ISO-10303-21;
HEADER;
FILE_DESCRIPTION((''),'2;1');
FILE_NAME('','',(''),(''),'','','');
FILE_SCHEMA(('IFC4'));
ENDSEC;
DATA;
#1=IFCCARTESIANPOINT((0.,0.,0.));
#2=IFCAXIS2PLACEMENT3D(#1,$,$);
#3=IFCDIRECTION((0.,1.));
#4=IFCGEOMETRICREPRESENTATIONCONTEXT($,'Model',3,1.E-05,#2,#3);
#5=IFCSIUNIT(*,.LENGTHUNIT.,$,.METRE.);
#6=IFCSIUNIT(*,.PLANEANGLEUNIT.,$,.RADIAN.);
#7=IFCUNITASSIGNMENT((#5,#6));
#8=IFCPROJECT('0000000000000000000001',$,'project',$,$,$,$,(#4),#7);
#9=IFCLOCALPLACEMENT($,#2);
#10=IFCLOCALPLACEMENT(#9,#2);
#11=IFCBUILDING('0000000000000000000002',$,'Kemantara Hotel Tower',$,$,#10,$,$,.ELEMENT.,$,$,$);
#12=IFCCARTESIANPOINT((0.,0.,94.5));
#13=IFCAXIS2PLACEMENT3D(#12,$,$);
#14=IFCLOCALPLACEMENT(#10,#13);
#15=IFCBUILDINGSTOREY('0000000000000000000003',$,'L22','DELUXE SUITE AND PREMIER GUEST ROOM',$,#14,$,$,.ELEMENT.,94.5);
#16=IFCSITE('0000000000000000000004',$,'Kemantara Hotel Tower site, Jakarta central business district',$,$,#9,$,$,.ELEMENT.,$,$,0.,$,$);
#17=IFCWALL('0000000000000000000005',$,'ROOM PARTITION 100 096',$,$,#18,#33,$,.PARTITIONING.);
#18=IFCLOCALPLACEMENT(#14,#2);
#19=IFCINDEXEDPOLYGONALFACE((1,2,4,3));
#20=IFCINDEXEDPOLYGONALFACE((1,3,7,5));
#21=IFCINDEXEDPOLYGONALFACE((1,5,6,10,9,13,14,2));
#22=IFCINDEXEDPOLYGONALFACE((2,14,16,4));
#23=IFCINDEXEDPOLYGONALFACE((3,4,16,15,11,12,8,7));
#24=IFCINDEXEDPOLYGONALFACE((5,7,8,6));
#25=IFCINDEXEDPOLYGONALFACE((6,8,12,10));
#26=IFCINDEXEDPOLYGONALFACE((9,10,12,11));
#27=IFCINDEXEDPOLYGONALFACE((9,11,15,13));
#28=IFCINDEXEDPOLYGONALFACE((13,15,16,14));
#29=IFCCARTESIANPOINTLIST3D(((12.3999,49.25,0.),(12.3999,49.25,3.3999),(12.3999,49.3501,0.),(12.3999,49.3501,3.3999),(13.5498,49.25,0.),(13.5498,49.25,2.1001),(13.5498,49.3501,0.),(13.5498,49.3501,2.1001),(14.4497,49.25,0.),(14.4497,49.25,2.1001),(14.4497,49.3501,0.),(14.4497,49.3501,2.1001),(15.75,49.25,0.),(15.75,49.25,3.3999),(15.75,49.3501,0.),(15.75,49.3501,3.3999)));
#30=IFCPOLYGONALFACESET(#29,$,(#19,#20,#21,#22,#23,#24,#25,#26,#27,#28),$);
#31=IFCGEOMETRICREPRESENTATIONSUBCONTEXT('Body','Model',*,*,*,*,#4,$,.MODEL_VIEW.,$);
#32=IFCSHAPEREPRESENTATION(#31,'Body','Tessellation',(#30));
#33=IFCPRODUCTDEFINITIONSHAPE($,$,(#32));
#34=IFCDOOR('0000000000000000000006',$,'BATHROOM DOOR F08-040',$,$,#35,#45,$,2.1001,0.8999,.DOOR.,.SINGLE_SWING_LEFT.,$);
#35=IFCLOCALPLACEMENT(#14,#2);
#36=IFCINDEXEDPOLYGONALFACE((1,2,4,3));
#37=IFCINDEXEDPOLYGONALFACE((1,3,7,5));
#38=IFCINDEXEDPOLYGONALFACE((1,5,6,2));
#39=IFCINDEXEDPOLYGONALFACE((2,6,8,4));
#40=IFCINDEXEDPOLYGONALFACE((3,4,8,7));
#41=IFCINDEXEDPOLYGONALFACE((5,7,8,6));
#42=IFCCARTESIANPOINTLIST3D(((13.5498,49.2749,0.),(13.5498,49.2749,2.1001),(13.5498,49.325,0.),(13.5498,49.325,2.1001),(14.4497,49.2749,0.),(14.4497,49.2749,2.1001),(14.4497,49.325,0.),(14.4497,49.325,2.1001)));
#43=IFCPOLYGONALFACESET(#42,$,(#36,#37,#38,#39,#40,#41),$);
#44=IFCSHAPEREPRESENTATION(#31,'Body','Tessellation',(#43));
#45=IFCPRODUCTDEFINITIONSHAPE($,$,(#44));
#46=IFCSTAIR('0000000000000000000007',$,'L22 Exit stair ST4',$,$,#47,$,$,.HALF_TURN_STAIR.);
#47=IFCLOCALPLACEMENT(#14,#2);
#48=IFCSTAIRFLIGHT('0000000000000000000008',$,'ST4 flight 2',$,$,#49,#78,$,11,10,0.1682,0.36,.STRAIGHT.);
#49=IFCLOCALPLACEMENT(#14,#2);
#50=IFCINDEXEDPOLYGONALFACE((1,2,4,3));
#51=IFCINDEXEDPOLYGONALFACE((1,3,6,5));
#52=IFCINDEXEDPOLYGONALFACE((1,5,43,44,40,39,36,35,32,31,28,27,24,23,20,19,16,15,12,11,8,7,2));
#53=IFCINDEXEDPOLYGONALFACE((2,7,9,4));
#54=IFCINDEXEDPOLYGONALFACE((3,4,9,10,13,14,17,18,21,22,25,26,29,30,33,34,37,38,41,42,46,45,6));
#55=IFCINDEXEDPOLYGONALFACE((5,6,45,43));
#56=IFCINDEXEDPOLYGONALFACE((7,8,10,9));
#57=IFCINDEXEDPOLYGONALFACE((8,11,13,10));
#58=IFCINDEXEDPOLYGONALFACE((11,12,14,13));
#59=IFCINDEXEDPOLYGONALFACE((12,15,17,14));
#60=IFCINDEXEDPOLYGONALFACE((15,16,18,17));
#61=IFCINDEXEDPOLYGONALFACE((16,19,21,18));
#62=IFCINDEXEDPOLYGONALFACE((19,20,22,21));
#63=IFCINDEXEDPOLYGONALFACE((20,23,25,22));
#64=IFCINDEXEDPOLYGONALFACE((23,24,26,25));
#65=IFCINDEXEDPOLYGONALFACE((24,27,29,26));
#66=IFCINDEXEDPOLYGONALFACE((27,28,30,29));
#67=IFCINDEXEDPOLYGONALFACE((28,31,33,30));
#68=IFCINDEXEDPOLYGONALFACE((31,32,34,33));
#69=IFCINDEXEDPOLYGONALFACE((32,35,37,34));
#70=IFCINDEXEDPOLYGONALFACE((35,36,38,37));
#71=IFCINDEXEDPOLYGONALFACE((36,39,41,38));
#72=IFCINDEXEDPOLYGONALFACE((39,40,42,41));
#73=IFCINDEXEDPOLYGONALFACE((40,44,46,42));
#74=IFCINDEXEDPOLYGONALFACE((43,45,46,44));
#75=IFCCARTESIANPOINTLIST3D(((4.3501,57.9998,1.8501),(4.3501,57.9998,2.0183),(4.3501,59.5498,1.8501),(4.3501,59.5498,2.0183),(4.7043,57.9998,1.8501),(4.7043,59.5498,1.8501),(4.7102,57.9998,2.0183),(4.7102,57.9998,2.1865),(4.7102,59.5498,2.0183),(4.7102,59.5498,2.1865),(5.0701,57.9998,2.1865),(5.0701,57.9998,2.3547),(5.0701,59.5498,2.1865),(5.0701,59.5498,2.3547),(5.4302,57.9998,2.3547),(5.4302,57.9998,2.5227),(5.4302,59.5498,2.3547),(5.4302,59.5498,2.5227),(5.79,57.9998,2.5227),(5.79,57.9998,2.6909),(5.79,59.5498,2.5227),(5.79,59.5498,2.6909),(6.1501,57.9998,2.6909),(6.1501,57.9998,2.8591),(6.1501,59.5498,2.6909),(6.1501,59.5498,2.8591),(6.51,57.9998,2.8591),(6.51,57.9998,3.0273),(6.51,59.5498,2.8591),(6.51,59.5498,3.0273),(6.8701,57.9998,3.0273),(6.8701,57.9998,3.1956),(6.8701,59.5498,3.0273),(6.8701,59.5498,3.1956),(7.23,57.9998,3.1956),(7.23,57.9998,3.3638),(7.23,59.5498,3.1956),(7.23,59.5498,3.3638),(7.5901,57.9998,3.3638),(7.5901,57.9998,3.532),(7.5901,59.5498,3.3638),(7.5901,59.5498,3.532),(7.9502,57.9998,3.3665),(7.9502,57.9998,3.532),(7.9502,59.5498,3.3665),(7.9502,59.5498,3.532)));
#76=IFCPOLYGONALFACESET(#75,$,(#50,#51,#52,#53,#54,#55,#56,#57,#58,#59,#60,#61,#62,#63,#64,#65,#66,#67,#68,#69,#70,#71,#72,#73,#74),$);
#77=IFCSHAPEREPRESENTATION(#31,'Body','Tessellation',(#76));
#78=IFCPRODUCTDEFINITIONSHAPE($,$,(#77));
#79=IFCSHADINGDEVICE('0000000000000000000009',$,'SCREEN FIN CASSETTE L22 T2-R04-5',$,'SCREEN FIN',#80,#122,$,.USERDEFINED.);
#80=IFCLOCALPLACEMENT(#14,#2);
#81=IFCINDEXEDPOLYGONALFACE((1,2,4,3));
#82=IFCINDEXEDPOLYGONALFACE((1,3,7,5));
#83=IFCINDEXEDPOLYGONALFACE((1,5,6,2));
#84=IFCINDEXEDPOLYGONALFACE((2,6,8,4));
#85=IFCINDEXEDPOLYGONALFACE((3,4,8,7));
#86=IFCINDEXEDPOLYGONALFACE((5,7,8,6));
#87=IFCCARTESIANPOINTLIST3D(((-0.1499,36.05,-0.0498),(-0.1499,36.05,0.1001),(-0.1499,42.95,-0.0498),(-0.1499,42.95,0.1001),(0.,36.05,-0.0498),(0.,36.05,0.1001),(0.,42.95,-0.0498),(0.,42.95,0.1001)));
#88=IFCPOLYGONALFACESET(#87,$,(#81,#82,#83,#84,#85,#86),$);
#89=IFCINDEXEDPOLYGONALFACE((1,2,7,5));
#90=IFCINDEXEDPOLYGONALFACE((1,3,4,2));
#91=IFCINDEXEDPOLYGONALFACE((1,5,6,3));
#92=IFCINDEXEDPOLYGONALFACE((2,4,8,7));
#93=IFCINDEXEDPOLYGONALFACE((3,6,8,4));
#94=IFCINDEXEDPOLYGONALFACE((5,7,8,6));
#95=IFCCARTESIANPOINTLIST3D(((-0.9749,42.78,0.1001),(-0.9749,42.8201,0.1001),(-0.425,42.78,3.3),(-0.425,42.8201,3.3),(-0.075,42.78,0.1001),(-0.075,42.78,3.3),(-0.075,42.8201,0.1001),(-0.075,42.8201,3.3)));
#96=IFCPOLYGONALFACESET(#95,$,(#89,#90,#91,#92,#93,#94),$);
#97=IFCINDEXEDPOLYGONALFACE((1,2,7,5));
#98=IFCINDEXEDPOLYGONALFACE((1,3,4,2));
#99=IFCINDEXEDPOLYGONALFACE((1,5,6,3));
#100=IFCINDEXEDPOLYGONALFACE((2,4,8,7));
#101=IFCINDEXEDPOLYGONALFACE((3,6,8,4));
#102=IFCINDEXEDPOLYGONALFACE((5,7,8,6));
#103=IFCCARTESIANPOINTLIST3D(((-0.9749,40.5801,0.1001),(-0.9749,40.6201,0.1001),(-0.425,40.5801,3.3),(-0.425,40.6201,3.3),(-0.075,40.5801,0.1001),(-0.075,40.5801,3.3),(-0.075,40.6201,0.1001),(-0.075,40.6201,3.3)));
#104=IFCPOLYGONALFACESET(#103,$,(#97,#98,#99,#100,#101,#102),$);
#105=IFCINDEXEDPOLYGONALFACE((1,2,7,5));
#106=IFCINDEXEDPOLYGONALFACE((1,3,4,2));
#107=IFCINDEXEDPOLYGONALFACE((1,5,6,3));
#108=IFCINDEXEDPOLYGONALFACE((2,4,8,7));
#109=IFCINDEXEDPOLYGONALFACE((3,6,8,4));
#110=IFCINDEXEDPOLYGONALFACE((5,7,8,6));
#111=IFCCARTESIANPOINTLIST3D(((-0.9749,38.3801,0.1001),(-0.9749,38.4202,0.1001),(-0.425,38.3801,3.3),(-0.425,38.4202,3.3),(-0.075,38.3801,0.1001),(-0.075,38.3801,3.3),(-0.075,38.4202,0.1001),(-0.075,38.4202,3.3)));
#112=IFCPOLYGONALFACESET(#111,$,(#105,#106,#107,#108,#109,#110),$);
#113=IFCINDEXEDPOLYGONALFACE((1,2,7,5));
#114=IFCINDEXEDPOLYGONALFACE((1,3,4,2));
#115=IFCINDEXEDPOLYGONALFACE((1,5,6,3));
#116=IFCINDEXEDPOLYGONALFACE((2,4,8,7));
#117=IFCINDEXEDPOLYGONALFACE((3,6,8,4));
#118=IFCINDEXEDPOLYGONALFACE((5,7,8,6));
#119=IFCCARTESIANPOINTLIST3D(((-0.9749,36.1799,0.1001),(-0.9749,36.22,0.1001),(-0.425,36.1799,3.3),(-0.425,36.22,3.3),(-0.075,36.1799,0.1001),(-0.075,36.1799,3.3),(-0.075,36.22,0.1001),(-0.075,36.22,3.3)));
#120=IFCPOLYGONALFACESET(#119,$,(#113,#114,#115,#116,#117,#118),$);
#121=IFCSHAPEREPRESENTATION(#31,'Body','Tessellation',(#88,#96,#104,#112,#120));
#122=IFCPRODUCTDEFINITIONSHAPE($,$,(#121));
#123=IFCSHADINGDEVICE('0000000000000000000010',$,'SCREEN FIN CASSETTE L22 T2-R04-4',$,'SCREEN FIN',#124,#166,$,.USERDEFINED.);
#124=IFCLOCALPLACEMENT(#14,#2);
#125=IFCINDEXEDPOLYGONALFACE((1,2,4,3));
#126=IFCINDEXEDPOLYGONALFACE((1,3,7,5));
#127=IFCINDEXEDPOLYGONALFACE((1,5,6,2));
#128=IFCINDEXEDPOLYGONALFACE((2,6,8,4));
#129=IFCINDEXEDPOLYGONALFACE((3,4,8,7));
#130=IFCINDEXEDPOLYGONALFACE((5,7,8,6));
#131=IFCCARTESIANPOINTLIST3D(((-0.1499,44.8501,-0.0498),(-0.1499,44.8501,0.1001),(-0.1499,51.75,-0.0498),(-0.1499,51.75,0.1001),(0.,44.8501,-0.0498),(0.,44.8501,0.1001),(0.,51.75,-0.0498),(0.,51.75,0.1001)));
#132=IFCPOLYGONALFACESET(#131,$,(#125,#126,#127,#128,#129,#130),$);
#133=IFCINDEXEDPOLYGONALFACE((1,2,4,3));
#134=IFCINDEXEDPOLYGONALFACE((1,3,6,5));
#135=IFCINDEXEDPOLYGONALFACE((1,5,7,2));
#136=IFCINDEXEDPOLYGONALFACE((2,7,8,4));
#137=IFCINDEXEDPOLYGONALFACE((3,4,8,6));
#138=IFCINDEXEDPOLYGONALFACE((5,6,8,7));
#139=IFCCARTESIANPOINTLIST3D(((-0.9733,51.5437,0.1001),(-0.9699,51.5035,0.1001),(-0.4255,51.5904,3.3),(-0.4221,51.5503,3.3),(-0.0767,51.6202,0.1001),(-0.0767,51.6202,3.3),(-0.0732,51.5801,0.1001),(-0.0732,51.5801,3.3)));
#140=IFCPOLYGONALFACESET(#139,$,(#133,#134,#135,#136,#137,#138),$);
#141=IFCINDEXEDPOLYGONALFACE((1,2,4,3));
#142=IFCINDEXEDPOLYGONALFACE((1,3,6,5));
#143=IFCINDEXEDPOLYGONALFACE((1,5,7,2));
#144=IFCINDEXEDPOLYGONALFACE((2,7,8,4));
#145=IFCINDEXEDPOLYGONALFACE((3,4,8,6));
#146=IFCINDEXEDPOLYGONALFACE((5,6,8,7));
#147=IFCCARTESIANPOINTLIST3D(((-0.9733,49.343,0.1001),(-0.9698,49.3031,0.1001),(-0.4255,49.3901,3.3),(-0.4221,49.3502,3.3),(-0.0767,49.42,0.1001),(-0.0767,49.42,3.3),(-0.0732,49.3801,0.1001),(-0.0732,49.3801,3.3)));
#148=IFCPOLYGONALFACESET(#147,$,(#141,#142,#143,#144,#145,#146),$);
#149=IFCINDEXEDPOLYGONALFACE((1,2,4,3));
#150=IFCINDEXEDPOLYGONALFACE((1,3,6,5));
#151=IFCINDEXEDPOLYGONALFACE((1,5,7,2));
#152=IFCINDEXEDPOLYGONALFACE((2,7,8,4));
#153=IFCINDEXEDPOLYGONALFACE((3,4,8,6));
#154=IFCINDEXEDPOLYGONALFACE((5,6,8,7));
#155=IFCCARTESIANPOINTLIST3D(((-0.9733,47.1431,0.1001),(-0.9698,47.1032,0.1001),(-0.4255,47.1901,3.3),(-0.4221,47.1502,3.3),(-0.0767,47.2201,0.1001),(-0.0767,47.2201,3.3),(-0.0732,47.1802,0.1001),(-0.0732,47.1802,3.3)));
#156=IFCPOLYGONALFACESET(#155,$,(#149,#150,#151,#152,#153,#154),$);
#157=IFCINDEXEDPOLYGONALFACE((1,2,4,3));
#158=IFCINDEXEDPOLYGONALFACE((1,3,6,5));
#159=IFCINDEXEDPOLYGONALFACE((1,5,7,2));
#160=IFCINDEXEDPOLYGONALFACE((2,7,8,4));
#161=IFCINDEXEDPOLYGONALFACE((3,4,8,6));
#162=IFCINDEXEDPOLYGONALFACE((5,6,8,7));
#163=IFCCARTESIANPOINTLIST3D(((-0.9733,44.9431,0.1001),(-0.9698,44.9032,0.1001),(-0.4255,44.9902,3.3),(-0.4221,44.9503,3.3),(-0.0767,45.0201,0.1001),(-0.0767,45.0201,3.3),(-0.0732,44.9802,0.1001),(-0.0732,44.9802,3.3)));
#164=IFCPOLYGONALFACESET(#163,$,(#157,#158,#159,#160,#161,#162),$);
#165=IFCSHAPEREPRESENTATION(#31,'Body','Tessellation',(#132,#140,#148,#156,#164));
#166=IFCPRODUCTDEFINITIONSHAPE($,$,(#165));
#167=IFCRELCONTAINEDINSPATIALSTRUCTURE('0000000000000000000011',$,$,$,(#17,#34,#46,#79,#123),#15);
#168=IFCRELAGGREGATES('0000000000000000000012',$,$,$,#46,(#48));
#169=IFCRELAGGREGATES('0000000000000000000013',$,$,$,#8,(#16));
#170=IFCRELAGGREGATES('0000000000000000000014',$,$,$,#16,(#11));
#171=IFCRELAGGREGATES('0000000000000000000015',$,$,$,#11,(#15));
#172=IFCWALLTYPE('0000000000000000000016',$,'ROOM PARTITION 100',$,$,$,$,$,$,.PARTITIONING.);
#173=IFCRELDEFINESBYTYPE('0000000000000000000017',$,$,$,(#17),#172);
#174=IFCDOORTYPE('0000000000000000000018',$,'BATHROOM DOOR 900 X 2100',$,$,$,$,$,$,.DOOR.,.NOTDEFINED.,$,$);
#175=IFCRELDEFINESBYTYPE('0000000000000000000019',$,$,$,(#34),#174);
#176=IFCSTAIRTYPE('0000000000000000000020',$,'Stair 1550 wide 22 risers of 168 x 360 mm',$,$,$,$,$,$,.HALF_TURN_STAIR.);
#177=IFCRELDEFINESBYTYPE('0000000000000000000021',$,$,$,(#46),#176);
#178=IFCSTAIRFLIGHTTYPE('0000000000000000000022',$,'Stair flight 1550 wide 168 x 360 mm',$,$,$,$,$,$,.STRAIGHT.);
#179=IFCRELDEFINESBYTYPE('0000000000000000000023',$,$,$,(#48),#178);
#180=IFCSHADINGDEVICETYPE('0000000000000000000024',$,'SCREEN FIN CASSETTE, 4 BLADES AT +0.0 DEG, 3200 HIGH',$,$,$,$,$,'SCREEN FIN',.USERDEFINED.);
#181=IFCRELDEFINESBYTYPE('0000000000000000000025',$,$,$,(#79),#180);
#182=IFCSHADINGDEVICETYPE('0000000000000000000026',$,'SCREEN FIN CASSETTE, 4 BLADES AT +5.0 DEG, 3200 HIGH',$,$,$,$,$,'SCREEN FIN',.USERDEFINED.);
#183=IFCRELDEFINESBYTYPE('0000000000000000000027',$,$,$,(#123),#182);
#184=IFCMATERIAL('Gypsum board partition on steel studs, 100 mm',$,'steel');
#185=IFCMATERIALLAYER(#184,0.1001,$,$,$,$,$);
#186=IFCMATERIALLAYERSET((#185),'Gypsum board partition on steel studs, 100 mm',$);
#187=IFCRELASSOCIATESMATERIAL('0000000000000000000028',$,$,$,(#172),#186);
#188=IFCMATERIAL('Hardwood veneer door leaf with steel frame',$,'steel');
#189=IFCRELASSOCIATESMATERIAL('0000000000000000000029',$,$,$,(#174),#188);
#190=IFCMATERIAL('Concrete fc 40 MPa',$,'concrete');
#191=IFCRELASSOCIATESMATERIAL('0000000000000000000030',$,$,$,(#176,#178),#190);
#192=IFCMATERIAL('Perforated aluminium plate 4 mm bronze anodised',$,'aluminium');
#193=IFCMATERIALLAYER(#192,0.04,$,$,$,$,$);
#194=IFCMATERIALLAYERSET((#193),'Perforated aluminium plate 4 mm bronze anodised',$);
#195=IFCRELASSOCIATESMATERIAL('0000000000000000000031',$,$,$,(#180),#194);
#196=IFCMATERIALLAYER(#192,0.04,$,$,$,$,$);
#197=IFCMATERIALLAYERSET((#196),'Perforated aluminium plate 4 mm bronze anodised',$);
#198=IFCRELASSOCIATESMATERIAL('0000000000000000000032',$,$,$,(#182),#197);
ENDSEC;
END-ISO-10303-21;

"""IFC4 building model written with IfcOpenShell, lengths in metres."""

from ifc_helpers import new_model, si_unit, direction, frame, frame_2d, origin, origin_2d, place, context, subcontext, project, spatial, polyline, rectangle, outline, extrude, source, transform, mapped, material, layer, layer_set, type_object, element, fill, aggregate, save


model = new_model("IFC4")

# Units and contexts
model_context = context("Model", 3, precision=1e-05, world=origin(), true_north=direction((0.0, 1.0)))
body_context = subcontext(model_context, "Body", "Model", "MODEL_VIEW")
ifc_project = project(units=[si_unit("LENGTHUNIT", "METRE"), si_unit("PLANEANGLEUNIT", "RADIAN")], contexts=[model_context])

# Site, building, storey
site_placement = place(None, origin())
site = spatial("IfcSite", under=ifc_project, at=site_placement, Name="Kemantara Hotel Tower site, Jakarta central business district", CompositionType="ELEMENT", RefElevation=0.0)
building_placement = place(site_placement, origin())
building = spatial("IfcBuilding", under=site, at=building_placement, Name="Kemantara Hotel Tower", CompositionType="ELEMENT")
storey_placement = place(building_placement, frame((0.0, 0.0, 94.5)))
storey = spatial("IfcBuildingStorey", under=building, at=storey_placement, Name="L22", Description="DELUXE SUITE AND PREMIER GUEST ROOM", CompositionType="ELEMENT", Elevation=94.5)

# Shared definitions
ifc_material_1 = material(Name="Hardwood veneer door leaf with steel frame", Category="steel")
ifc_material_2 = material(Name="Concrete fc 40 MPa", Category="concrete")

# Shared definitions
ifc_material_3 = material(Name="Gypsum board partition on steel studs, 100 mm", Category="steel")
ifc_layer_1 = layer(ifc_material_3, 0.1001)
ifc_layer_set_1 = layer_set([ifc_layer_1], Name="Gypsum board partition on steel studs, 100 mm")
wall_type_1 = type_object("IfcWallType", Name="ROOM PARTITION 100", PredefinedType="PARTITIONING", material=ifc_layer_set_1)

# Wall, opening, door
door_type_1 = type_object("IfcDoorType", Name="BATHROOM DOOR 900 X 2100", OperationType="NOTDEFINED", PredefinedType="DOOR", material=ifc_material_1)
wall_1_placement = place(storey_placement, frame((12.3999, 49.3, 0.0), z_axis=(0.0, 0.0, 1.0), x_axis=(1.0, 0.0, 0.0)))
wall_1 = element("IfcWall", 1, at=wall_1_placement, inside=storey, type_object=wall_type_1, Name="ROOM PARTITION 100 096", PredefinedType="PARTITIONING", context=body_context, shape_type="SweptSolid", body=[
    extrude(rectangle(XDim=3.3501, YDim=0.1001, at=frame_2d((1.675, 0.0))), origin(), (0.0, 0.0, 1.0), 3.3999),
])
opening_1_placement = place(wall_1_placement, frame((1.1499, 0.0, 0.0)))
opening_1 = element("IfcOpeningElement", 2, at=opening_1_placement, cuts=wall_1, PredefinedType="OPENING", context=body_context, shape_type="SweptSolid", body=[
    extrude(rectangle(XDim=0.8999, YDim=2.1001, at=frame_2d((0.45, 1.05))), frame((0.0, 0.0601, 0.0), z_axis=(0.0, -1.0, 0.0), x_axis=(1.0, 0.0, 0.0)), (0.0, 0.0, 1.0), 0.1201),
])
door_1_placement = place(opening_1_placement, origin())
door_1 = element("IfcDoor", 3, at=door_1_placement, inside=storey, type_object=door_type_1, Name="BATHROOM DOOR F08-040", OperationType="SINGLE_SWING_LEFT", OverallHeight=2.1001, OverallWidth=0.8999, PredefinedType="DOOR", context=body_context, shape_type="SweptSolid", body=[
    extrude(rectangle(XDim=0.8999, YDim=2.1001, at=frame_2d((0.45, 1.05))), frame((0.0, 0.0249, 0.0), z_axis=(0.0, -1.0, 0.0), x_axis=(1.0, 0.0, 0.0)), (0.0, 0.0, 1.0), 0.05),
])
fill(opening_1, door_1)

# Stair, stair flight
stair_type = type_object("IfcStairType", Name="Stair 1550 wide 22 risers of 168 x 360 mm", PredefinedType="HALF_TURN_STAIR", material=ifc_material_2)
stair_placement = place(storey_placement, origin())
stair = element("IfcStair", 4, at=stair_placement, inside=storey, type_object=stair_type, Name="L22 Exit stair ST4", PredefinedType="HALF_TURN_STAIR")
stair_flight_type = type_object("IfcStairFlightType", Name="Stair flight 1550 wide 168 x 360 mm", PredefinedType="STRAIGHT", material=ifc_material_2)
stair_flight_placement = place(storey_placement, frame((4.3501, 58.7749, 1.8501), z_axis=(0.0, 0.0, 1.0), x_axis=(1.0, 0.0, 0.0)))
stair_flight = element("IfcStairFlight", 5, at=stair_flight_placement, type_object=stair_flight_type, Name="ST4 flight 2", NumberOfRisers=11, NumberOfTreads=10, PredefinedType="STRAIGHT", RiserHeight=0.1682, TreadLength=0.36, context=body_context, shape_type="SweptSolid", body=[
    extrude(outline(polyline([(0.0, 0.0), (0.0, 0.1682), (0.3601, 0.1682), (0.3601, 0.3364), (0.72, 0.3364), (0.72, 0.5046), (1.0801, 0.5046), (1.0801, 0.6726), (1.4399, 0.6726), (1.4399, 0.8408), (1.8, 0.8408), (1.8, 1.009), (2.1599, 1.009), (2.1599, 1.1772), (2.52, 1.1772), (2.52, 1.3455), (2.8799, 1.3455), (2.8799, 1.5137), (3.24, 1.5137), (3.24, 1.6819), (3.6001, 1.6819), (3.6001, 1.8501), (3.6001, 1.5164), (0.3542, 0.0), (0.0, 0.0)])), frame((0.0, 0.7749, 0.0), z_axis=(0.0, -1.0, 0.0), x_axis=(1.0, 0.0, 0.0)), (0.0, 0.0, 1.0), 1.55),
])
aggregate(stair, [stair_flight])

# Shading devices
ifc_material_4 = material(Name="Perforated aluminium plate 4 mm bronze anodised", Category="aluminium")
ifc_layer_2 = layer(ifc_material_4, 0.04)
ifc_layer_set_2 = layer_set([ifc_layer_2], Name="Perforated aluminium plate 4 mm bronze anodised")
shading_device_type_1 = type_object("IfcShadingDeviceType", Name="SCREEN FIN CASSETTE, 4 BLADES AT +0.0 DEG, 3200 HIGH", ElementType="SCREEN FIN", PredefinedType="USERDEFINED", material=ifc_layer_set_2)
shared_shape_1 = source(origin(), body_context, "Body", "SweptSolid", [
    extrude(rectangle(XDim=6.8999, YDim=0.1499, at=origin_2d()), frame((3.3, -0.075, -0.1499), z_axis=(0.0, 0.0, 1.0), x_axis=(1.0, 0.0, 0.0)), (0.0, 0.0, 1.0), 0.1499),
    extrude(outline(polyline([(0.0, 0.0), (0.8999, 0.0), (0.3501, 3.2), (0.0, 3.2), (0.0, 0.0)])), frame((0.02, -0.075, 0.0), z_axis=(-1.0, 0.0, 0.0), x_axis=(0.0, -1.0, 0.0)), (0.0, 0.0, 1.0), 0.04),
    extrude(outline(polyline([(0.0, 0.0), (0.8999, 0.0), (0.3501, 3.2), (0.0, 3.2), (0.0, 0.0)])), frame((2.22, -0.075, 0.0), z_axis=(-1.0, 0.0, 0.0), x_axis=(0.0, -1.0, 0.0)), (0.0, 0.0, 1.0), 0.04),
    extrude(outline(polyline([(0.0, 0.0), (0.8999, 0.0), (0.3501, 3.2), (0.0, 3.2), (0.0, 0.0)])), frame((4.4199, -0.075, 0.0), z_axis=(-1.0, 0.0, 0.0), x_axis=(0.0, -1.0, 0.0)), (0.0, 0.0, 1.0), 0.04),
    extrude(outline(polyline([(0.0, 0.0), (0.8999, 0.0), (0.3501, 3.2), (0.0, 3.2), (0.0, 0.0)])), frame((6.6201, -0.075, 0.0), z_axis=(-1.0, 0.0, 0.0), x_axis=(0.0, -1.0, 0.0)), (0.0, 0.0, 1.0), 0.04),
])
shading_device_1_placement = place(storey_placement, frame((0.0, 42.8, 0.1001), z_axis=(0.0, 0.0, 1.0), x_axis=(0.0, -1.0, 0.0)))
element("IfcShadingDevice", 6, at=shading_device_1_placement, inside=storey, type_object=shading_device_type_1, Name="SCREEN FIN CASSETTE L22 T2-R04-5", ObjectType="SCREEN FIN", PredefinedType="USERDEFINED", context=body_context, shape_type="MappedRepresentation", body=[
    mapped(shared_shape_1, transform((0.0, 0.0, 0.0))),
])
ifc_layer_3 = layer(ifc_material_4, 0.04)
ifc_layer_set_3 = layer_set([ifc_layer_3], Name="Perforated aluminium plate 4 mm bronze anodised")
shading_device_type_2 = type_object("IfcShadingDeviceType", Name="SCREEN FIN CASSETTE, 4 BLADES AT +5.0 DEG, 3200 HIGH", ElementType="SCREEN FIN", PredefinedType="USERDEFINED", material=ifc_layer_set_3)
shared_shape_2 = source(origin(), body_context, "Body", "SweptSolid", [
    extrude(rectangle(XDim=6.8999, YDim=0.1499, at=origin_2d()), frame((3.3, -0.075, -0.1499), z_axis=(0.0, 0.0, 1.0), x_axis=(1.0, 0.0, 0.0)), (0.0, 0.0, 1.0), 0.1499),
    extrude(outline(polyline([(0.0, 0.0), (0.8999, 0.0), (0.3501, 3.2), (0.0, 3.2), (0.0, 0.0)])), frame((0.02, -0.0732, 0.0), z_axis=(-0.996376, -0.085056, 0.0), x_axis=(0.085056, -0.996376, 0.0)), (0.0, 0.0, 1.0), 0.0403),
    extrude(outline(polyline([(0.0, 0.0), (0.8999, 0.0), (0.3501, 3.2), (0.0, 3.2), (0.0, 0.0)])), frame((2.22, -0.0732, 0.0), z_axis=(-0.996332, -0.085575, 0.0), x_axis=(0.085575, -0.996332, 0.0)), (0.0, 0.0, 1.0), 0.04),
    extrude(outline(polyline([(0.0, 0.0), (0.8999, 0.0), (0.3501, 3.2), (0.0, 3.2), (0.0, 0.0)])), frame((4.4199, -0.0732, 0.0), z_axis=(-0.996332, -0.085575, 0.0), x_axis=(0.085575, -0.996332, 0.0)), (0.0, 0.0, 1.0), 0.04),
    extrude(outline(polyline([(0.0, 0.0), (0.8999, 0.0), (0.3501, 3.2), (0.0, 3.2), (0.0, 0.0)])), frame((6.6199, -0.0732, 0.0), z_axis=(-0.996332, -0.085575, 0.0), x_axis=(0.085575, -0.996332, 0.0)), (0.0, 0.0, 1.0), 0.04),
])
shading_device_2_placement = place(storey_placement, frame((0.0, 51.6001, 0.1001), z_axis=(0.0, 0.0, 1.0), x_axis=(0.0, -1.0, 0.0)))
element("IfcShadingDevice", 7, at=shading_device_2_placement, inside=storey, type_object=shading_device_type_2, Name="SCREEN FIN CASSETTE L22 T2-R04-4", ObjectType="SCREEN FIN", PredefinedType="USERDEFINED", context=body_context, shape_type="MappedRepresentation", body=[
    mapped(shared_shape_2, transform((0.0, 0.0, 0.0))),
])

save(model, "model.ifc")
